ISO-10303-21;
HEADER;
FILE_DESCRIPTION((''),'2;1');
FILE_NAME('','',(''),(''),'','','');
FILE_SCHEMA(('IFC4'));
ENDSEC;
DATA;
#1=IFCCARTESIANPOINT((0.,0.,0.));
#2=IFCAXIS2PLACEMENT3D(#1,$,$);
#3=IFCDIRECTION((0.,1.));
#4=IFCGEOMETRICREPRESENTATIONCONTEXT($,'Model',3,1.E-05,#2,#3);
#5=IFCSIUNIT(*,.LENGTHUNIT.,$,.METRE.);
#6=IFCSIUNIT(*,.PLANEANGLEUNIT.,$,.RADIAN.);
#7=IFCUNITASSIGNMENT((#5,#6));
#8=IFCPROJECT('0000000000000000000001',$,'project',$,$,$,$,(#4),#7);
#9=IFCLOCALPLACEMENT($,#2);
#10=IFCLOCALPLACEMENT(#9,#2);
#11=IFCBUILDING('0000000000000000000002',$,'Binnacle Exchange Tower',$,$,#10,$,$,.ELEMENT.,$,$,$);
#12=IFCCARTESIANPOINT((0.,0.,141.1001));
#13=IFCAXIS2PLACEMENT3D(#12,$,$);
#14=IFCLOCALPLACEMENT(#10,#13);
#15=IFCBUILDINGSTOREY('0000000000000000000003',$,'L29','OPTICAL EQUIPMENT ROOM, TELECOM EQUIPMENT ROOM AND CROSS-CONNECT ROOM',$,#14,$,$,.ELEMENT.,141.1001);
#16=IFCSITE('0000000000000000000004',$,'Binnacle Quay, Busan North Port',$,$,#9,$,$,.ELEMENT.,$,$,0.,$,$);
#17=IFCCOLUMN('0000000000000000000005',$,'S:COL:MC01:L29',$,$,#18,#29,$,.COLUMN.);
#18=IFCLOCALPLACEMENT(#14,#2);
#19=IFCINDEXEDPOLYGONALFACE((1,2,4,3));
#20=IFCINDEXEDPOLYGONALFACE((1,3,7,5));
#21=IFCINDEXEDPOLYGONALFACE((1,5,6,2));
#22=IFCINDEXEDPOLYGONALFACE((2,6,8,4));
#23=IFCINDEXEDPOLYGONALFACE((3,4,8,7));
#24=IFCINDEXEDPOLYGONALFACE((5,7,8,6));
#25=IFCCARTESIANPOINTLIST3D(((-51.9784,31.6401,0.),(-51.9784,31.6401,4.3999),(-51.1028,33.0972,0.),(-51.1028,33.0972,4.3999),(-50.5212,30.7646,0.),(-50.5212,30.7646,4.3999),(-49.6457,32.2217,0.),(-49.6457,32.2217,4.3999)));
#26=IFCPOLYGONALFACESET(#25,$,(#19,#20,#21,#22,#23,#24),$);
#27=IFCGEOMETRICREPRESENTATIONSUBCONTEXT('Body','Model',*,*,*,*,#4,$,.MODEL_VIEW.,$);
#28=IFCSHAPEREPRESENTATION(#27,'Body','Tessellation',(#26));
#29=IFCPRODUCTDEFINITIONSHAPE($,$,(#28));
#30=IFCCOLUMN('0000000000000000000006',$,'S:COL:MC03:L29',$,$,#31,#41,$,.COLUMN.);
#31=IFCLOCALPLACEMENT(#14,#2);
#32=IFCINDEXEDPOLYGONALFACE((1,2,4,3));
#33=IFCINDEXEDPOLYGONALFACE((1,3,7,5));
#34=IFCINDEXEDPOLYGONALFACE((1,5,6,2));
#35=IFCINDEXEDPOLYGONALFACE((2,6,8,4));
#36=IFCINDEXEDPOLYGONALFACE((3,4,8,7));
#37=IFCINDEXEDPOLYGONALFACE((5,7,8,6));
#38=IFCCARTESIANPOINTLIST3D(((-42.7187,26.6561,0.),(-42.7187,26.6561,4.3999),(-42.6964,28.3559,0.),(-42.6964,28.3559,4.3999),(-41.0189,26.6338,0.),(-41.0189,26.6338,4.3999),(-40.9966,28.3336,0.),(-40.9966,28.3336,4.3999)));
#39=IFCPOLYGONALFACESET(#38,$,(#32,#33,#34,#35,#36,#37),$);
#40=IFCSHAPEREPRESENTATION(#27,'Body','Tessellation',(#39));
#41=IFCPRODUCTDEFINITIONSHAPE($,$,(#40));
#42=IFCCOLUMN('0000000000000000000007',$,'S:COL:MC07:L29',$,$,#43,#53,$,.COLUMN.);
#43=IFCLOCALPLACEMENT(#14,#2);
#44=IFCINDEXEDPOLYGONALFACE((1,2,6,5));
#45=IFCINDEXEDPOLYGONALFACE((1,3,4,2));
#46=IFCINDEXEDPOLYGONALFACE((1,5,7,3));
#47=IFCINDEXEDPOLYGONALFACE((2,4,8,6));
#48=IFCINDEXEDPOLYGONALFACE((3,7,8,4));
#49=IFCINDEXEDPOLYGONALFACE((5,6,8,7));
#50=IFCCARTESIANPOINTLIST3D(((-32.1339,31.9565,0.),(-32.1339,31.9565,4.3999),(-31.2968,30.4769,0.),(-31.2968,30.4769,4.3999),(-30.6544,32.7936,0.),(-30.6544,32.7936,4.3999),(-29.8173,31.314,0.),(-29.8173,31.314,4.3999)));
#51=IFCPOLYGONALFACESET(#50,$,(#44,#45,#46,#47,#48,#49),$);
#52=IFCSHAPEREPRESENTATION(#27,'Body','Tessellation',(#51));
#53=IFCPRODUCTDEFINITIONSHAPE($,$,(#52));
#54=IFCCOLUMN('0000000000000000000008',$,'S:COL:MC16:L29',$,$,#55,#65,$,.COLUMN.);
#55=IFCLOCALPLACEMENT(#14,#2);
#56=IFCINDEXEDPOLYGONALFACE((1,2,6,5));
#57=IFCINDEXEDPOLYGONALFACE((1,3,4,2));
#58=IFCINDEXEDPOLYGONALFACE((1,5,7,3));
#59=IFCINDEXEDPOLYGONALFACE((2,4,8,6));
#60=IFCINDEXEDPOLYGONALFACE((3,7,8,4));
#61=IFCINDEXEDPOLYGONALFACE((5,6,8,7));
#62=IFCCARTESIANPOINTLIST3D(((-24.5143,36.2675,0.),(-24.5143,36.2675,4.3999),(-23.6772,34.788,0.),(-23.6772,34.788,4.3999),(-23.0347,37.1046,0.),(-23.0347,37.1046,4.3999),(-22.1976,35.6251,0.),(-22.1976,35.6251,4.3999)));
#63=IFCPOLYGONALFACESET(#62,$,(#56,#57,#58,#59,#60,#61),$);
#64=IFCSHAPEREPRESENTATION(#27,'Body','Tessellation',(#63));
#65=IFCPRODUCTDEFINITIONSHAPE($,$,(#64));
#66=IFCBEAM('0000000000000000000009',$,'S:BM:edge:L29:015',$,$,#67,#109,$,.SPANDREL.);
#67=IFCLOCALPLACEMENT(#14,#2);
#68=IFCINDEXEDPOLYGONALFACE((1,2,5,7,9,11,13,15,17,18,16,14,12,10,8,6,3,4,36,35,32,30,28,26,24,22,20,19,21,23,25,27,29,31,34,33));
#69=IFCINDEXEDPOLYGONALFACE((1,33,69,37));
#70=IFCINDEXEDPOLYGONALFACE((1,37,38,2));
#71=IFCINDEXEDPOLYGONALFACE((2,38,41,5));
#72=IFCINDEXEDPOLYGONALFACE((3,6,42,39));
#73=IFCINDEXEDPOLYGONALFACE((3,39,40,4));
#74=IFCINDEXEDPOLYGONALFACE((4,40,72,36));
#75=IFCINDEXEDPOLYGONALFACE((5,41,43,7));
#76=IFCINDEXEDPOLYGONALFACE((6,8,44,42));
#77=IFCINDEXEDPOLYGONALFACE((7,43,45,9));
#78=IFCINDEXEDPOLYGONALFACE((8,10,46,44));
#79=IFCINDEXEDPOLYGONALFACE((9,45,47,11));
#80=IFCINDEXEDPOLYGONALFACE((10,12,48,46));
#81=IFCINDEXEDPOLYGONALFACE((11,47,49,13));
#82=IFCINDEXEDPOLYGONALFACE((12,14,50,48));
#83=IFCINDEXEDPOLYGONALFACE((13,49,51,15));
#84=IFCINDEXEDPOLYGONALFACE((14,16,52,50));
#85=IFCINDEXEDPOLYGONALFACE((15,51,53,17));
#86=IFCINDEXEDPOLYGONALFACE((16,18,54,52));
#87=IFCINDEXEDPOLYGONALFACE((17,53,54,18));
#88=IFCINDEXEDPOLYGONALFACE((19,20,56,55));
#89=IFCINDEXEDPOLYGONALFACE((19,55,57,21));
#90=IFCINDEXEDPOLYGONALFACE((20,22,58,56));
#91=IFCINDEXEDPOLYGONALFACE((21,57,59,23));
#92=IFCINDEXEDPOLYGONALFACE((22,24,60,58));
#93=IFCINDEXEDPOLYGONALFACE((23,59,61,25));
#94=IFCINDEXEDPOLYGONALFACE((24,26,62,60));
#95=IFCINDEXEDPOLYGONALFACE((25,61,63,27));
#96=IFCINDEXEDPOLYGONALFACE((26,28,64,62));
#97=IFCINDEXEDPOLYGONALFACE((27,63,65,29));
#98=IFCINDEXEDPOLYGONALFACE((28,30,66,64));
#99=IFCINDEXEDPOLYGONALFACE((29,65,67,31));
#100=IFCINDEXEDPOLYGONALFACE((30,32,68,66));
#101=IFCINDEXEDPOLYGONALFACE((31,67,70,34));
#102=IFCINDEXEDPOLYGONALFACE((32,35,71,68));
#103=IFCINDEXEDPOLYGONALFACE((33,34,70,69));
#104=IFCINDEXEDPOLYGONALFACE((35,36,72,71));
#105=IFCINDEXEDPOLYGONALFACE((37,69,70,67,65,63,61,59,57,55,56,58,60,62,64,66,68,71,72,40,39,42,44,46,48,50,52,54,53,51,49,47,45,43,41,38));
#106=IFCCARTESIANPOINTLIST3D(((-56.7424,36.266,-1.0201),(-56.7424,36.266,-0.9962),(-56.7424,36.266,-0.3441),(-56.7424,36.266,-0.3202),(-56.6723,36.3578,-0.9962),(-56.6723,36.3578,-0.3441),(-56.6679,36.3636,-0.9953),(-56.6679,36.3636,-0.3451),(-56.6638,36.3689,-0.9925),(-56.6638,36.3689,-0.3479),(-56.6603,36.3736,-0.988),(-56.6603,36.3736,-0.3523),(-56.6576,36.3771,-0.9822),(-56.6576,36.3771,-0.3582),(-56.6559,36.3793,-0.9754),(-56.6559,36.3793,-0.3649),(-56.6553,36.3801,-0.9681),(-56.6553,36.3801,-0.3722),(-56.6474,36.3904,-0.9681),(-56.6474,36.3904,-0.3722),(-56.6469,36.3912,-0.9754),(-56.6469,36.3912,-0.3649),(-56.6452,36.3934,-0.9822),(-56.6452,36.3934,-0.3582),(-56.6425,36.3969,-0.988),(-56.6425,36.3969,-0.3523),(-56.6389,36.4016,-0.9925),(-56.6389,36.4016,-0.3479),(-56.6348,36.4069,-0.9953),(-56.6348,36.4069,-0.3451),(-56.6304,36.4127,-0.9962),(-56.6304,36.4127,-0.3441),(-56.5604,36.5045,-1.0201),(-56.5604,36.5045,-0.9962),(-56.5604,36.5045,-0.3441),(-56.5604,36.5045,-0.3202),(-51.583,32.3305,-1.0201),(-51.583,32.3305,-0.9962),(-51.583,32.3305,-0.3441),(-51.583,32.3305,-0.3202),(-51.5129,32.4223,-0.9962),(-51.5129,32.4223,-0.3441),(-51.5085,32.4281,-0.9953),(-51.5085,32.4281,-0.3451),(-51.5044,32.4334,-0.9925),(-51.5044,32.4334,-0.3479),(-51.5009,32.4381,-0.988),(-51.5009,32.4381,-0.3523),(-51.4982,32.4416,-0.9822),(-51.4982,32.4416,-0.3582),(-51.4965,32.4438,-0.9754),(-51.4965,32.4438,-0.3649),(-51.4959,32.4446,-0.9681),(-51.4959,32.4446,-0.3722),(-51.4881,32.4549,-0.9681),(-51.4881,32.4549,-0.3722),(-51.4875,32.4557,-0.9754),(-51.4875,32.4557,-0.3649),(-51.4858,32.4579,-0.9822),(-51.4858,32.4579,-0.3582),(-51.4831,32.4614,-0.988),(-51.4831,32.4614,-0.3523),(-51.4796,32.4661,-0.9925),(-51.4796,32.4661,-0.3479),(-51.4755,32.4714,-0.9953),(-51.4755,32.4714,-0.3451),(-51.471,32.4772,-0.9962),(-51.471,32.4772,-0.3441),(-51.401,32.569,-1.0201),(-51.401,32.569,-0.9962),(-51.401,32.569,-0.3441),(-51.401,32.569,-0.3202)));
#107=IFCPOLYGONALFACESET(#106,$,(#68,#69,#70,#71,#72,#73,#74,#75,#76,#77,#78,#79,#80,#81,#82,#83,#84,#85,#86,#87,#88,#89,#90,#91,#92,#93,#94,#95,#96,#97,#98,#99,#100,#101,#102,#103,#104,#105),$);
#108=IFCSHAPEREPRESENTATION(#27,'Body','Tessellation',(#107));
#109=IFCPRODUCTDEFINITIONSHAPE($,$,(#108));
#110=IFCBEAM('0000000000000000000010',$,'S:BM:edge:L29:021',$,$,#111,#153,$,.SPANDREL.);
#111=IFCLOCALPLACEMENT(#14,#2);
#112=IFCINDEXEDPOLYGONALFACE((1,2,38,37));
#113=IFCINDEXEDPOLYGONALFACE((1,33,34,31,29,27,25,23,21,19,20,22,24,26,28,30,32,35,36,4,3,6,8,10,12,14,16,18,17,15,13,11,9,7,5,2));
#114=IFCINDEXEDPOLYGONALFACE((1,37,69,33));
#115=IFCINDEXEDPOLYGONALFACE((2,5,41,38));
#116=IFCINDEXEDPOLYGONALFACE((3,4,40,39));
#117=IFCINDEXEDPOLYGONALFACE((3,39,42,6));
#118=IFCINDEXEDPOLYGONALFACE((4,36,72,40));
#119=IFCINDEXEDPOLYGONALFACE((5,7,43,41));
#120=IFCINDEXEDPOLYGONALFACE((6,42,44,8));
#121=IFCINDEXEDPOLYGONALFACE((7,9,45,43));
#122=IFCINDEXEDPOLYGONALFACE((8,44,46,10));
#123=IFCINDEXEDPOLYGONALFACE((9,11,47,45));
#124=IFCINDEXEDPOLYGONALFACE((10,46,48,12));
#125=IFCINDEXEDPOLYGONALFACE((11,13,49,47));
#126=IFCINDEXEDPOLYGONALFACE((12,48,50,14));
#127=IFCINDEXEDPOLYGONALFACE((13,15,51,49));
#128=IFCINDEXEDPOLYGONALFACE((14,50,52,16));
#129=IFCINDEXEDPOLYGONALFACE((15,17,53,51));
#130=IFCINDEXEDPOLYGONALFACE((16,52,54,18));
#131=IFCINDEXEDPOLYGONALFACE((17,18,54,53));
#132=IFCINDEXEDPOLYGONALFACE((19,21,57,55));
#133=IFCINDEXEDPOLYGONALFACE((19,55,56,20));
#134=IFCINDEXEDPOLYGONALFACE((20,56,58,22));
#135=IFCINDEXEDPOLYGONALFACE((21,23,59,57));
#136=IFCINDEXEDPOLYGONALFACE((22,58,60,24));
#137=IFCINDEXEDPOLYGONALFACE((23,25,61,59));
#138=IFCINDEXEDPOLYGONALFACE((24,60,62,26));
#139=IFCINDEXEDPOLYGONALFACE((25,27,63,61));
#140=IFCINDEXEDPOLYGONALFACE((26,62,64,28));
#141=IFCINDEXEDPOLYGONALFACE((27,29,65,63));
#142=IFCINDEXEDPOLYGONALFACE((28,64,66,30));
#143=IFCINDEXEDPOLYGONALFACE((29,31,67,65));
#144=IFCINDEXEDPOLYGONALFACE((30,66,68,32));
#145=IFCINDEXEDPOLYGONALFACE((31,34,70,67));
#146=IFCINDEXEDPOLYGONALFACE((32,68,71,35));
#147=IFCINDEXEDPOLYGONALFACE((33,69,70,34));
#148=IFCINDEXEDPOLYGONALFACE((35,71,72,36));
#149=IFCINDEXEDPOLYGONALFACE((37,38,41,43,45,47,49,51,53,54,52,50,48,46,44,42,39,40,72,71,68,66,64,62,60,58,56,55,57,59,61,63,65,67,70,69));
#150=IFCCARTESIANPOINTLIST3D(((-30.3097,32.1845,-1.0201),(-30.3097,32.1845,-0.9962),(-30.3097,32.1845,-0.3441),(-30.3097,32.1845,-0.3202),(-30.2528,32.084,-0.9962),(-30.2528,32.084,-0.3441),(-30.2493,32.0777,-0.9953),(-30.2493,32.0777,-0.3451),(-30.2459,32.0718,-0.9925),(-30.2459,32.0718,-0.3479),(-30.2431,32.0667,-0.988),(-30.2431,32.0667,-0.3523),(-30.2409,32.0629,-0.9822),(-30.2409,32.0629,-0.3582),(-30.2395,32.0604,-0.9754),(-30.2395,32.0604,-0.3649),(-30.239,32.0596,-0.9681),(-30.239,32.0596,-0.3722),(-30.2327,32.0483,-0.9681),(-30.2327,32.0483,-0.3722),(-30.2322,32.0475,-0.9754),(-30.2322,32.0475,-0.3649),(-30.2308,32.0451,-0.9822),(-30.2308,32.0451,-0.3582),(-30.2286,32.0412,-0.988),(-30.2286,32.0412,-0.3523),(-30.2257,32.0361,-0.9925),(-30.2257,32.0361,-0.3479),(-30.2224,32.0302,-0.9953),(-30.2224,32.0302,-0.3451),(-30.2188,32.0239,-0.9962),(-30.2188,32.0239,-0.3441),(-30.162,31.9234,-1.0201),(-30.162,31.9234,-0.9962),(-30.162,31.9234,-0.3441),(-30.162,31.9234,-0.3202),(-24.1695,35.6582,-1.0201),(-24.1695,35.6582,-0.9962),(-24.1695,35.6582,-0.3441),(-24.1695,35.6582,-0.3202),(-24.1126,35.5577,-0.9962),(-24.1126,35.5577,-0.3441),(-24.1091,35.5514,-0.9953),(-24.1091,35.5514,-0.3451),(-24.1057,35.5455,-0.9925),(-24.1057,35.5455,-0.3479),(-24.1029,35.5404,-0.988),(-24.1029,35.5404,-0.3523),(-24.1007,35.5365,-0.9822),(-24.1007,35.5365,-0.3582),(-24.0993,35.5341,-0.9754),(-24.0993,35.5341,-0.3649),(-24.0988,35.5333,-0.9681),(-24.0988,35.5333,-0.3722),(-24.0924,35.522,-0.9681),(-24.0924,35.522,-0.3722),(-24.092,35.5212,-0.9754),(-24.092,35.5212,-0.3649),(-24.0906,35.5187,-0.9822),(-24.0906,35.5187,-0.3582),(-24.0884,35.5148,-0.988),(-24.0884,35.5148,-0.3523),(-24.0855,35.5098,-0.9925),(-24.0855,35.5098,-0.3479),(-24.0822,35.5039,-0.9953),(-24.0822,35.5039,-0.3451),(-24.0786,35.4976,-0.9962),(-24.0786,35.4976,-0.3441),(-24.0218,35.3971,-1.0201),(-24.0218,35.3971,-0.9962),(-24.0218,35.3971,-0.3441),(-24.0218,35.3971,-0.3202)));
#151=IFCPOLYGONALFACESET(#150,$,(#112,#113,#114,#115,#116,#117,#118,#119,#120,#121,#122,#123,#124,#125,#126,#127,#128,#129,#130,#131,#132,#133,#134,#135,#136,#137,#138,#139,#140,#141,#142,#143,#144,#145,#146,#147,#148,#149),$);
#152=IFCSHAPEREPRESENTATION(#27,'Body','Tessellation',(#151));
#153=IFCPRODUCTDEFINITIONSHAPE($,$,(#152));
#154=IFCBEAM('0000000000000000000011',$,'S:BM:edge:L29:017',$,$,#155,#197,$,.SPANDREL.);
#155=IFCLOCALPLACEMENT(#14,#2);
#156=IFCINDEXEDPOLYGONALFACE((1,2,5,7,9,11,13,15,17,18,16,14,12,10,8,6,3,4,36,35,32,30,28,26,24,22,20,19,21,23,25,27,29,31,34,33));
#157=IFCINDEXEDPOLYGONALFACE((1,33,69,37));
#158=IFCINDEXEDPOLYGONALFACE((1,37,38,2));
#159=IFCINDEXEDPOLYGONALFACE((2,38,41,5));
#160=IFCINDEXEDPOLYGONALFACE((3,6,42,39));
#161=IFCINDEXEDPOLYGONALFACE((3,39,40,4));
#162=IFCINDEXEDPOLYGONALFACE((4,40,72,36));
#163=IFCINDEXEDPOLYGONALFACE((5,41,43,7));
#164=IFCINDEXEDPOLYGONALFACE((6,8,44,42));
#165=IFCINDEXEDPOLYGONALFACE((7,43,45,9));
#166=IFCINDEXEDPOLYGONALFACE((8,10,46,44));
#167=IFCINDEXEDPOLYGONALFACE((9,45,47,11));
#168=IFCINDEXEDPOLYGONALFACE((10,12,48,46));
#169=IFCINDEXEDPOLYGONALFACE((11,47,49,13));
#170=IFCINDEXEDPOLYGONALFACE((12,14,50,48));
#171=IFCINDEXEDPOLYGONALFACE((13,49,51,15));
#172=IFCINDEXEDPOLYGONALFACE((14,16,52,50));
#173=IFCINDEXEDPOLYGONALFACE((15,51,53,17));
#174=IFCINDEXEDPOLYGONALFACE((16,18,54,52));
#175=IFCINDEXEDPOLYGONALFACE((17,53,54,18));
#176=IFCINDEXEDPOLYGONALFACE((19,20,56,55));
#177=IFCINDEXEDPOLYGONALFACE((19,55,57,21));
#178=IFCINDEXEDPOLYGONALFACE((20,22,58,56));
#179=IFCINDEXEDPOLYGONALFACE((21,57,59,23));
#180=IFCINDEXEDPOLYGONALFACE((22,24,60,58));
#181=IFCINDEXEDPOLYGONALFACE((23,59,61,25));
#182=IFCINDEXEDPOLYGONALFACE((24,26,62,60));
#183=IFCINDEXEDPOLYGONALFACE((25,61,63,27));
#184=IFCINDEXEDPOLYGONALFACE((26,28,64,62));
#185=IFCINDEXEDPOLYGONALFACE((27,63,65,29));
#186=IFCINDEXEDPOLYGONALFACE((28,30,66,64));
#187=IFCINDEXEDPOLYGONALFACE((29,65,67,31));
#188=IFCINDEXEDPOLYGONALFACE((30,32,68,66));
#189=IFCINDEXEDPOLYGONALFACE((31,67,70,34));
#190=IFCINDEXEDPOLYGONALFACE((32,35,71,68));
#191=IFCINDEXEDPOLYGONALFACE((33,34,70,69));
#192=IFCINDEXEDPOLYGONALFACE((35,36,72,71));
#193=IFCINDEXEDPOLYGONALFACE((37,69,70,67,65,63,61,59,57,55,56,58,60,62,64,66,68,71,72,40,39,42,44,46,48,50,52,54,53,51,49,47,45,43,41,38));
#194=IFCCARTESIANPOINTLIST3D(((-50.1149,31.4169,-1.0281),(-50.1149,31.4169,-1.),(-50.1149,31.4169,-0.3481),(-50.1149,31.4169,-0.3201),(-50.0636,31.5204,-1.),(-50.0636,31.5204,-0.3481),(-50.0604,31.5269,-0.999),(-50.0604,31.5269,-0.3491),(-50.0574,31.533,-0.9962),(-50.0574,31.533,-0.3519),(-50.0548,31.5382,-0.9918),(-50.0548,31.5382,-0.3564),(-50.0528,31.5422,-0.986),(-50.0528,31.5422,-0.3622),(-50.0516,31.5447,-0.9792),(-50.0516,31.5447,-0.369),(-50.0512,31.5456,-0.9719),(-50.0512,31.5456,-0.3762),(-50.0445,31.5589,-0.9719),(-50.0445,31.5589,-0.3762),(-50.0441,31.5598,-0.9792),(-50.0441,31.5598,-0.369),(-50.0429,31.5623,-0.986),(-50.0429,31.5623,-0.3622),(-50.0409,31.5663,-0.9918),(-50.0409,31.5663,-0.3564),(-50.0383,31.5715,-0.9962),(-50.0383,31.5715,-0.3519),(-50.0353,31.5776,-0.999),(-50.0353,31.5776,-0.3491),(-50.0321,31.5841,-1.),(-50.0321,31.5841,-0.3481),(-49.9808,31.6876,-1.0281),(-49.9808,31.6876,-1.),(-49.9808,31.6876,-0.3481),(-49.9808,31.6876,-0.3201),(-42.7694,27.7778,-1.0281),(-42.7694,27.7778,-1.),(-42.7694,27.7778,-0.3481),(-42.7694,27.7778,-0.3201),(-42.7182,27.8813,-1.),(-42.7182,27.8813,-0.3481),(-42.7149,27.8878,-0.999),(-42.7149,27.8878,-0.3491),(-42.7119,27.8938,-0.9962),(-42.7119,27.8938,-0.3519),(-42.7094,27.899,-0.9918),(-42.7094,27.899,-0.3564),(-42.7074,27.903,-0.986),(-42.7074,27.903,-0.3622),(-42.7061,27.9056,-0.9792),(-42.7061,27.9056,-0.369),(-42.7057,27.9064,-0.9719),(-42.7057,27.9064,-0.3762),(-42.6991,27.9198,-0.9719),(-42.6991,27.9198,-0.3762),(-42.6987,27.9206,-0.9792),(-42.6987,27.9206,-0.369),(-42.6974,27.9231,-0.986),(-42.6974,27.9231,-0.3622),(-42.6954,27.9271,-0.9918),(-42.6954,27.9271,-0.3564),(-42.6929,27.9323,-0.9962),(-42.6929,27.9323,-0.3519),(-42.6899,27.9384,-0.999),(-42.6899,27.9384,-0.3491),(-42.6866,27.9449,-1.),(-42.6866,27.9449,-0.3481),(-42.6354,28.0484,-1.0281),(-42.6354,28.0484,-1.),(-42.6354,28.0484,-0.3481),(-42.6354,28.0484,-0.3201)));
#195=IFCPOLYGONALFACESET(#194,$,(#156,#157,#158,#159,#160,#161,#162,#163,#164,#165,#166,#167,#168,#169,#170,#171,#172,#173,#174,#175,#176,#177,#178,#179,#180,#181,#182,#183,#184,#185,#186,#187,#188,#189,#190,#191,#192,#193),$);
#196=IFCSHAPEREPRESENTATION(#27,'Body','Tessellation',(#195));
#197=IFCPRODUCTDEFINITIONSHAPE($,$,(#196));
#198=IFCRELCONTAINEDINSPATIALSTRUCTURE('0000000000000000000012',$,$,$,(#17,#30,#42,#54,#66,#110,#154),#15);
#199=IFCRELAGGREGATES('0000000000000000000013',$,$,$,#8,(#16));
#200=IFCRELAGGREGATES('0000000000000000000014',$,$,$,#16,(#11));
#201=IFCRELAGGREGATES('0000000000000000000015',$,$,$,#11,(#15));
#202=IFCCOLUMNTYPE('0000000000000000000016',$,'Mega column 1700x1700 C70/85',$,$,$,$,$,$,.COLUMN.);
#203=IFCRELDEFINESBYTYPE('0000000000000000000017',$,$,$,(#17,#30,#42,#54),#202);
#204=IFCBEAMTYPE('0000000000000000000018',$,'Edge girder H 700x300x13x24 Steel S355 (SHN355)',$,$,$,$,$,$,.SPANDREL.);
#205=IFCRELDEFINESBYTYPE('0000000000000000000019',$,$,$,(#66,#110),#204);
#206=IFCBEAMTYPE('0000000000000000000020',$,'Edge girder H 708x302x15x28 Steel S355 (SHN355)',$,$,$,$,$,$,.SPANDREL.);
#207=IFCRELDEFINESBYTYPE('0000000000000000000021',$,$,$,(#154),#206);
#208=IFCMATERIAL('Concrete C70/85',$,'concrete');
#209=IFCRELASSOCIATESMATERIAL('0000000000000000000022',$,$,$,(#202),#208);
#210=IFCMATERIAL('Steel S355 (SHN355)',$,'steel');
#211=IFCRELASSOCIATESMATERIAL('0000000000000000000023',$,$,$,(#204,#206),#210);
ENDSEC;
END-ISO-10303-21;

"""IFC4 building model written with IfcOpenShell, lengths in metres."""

from ifc_helpers import new_model, si_unit, direction, frame, origin, origin_2d, place, context, subcontext, project, spatial, rectangle, i_section, extrude, material, material_profile, profile_set, type_object, element, save


model = new_model("IFC4")

# Units and contexts
model_context = context("Model", 3, precision=1e-05, world=origin(), true_north=direction((0.0, 1.0)))
body_context = subcontext(model_context, "Body", "Model", "MODEL_VIEW")
ifc_project = project(units=[si_unit("LENGTHUNIT", "METRE"), si_unit("PLANEANGLEUNIT", "RADIAN")], contexts=[model_context])

# Site, building, storey
site_placement = place(None, origin())
site = spatial("IfcSite", under=ifc_project, at=site_placement, Name="Binnacle Quay, Busan North Port", CompositionType="ELEMENT", RefElevation=0.0)
building_placement = place(site_placement, origin())
building = spatial("IfcBuilding", under=site, at=building_placement, Name="Binnacle Exchange Tower", CompositionType="ELEMENT")
storey_placement = place(building_placement, frame((0.0, 0.0, 141.1001)))
storey = spatial("IfcBuildingStorey", under=building, at=storey_placement, Name="L29", Description="OPTICAL EQUIPMENT ROOM, TELECOM EQUIPMENT ROOM AND CROSS-CONNECT ROOM", CompositionType="ELEMENT", Elevation=141.1001)

# Columns
ifc_material_1 = material(Name="Concrete C70/85", Category="concrete")
ifc_material_profile_1 = material_profile(ifc_material_1, rectangle(XDim=1.7, YDim=1.7, at=origin_2d()), Name="Mega column 1700x1700 C70/85")
ifc_profile_set_1 = profile_set([ifc_material_profile_1], Name="Concrete C70/85")
column_type = type_object("IfcColumnType", Name="Mega column 1700x1700 C70/85", PredefinedType="COLUMN", material=ifc_profile_set_1)
for number, where, z_axis, x_axis, name in (
    (1, (-50.812, 31.9309, 0.0), (0.0, 0.0, 1.0), (0.857167, -0.515038, 0.0), "S:COL:MC01:L29"),
    (2, (-41.8577, 27.4949, 0.0), (0.0, 0.0, 1.0), (0.999914, -0.01309, 0.0), "S:COL:MC03:L29"),
    (3, (-30.9756, 31.6353, 0.0), (0.0, 0.0, 1.0), (0.870356, 0.492424, 0.0), "S:COL:MC07:L29"),
    (4, (-23.356, 35.9463, 0.0), (0.0, 0.0, 1.0), (0.870356, 0.492424, 0.0), "S:COL:MC16:L29"),
):
    element("IfcColumn", number, at=place(storey_placement, frame(where, z_axis=z_axis, x_axis=x_axis)), inside=storey, type_object=column_type, Name=name, PredefinedType="COLUMN", context=body_context, shape_type="SweptSolid", body=[
        extrude(rectangle(XDim=1.7, YDim=1.7, at=origin_2d()), origin(), (0.0, 0.0, 1.0), 4.3999),
    ])

# Beams
ifc_material_2 = material(Name="Steel S355 (SHN355)", Category="steel")
ifc_material_profile_2 = material_profile(ifc_material_2, i_section(OverallWidth=0.3, OverallDepth=0.7, WebThickness=0.0129, FlangeThickness=0.0239, FilletRadius=0.0281, at=origin_2d()), Name="H 700x300x13x24")
ifc_profile_set_2 = profile_set([ifc_material_profile_2], Name="Steel S355 (SHN355)")
beam_type_1 = type_object("IfcBeamType", Name="Edge girder H 700x300x13x24 Steel S355 (SHN355)", PredefinedType="SPANDREL", material=ifc_profile_set_2)
beam_1_placement = place(storey_placement, frame((-56.6514, 36.3853, -0.6702), z_axis=(0.795093, -0.606487, 0.0), x_axis=(0.606487, 0.795093, 0.0)))
element("IfcBeam", 5, at=beam_1_placement, inside=storey, type_object=beam_type_1, Name="S:BM:edge:L29:015", PredefinedType="SPANDREL", context=body_context, shape_type="SweptSolid", body=[
    extrude(i_section(OverallWidth=0.3, OverallDepth=0.7, WebThickness=0.0129, FlangeThickness=0.0239, FilletRadius=0.0281, at=origin_2d()), origin(), (0.0, 0.0, 1.0), 6.489),
])
beam_2_placement = place(storey_placement, frame((-30.2358, 32.054, -0.6702), z_axis=(0.870373, 0.492392, 0.0), x_axis=(-0.492392, 0.870373, 0.0)))
element("IfcBeam", 6, at=beam_2_placement, inside=storey, type_object=beam_type_1, Name="S:BM:edge:L29:021", PredefinedType="SPANDREL", context=body_context, shape_type="SweptSolid", body=[
    extrude(i_section(OverallWidth=0.3, OverallDepth=0.7, WebThickness=0.0129, FlangeThickness=0.0239, FilletRadius=0.0281, at=origin_2d()), origin(), (0.0, 0.0, 1.0), 7.0547),
])
ifc_material_profile_3 = material_profile(ifc_material_2, i_section(OverallWidth=0.302, OverallDepth=0.708, WebThickness=0.0149, FlangeThickness=0.0281, FilletRadius=0.0281, at=origin_2d()), Name="H 708x302x15x28")
ifc_profile_set_3 = profile_set([ifc_material_profile_3], Name="Steel S355 (SHN355)")
beam_type_2 = type_object("IfcBeamType", Name="Edge girder H 708x302x15x28 Steel S355 (SHN355)", PredefinedType="SPANDREL", material=ifc_profile_set_3)
beam_3_placement = place(storey_placement, frame((-50.0479, 31.5522, -0.6741), z_axis=(0.896059, -0.443935, 0.0), x_axis=(0.443935, 0.896059, 0.0)))
element("IfcBeam", 7, at=beam_3_placement, inside=storey, type_object=beam_type_2, Name="S:BM:edge:L29:017", PredefinedType="SPANDREL", context=body_context, shape_type="SweptSolid", body=[
    extrude(i_section(OverallWidth=0.302, OverallDepth=0.708, WebThickness=0.0149, FlangeThickness=0.0281, FilletRadius=0.0281, at=origin_2d()), origin(), (0.0, 0.0, 1.0), 8.1975),
])

save(model, "model.ifc")
